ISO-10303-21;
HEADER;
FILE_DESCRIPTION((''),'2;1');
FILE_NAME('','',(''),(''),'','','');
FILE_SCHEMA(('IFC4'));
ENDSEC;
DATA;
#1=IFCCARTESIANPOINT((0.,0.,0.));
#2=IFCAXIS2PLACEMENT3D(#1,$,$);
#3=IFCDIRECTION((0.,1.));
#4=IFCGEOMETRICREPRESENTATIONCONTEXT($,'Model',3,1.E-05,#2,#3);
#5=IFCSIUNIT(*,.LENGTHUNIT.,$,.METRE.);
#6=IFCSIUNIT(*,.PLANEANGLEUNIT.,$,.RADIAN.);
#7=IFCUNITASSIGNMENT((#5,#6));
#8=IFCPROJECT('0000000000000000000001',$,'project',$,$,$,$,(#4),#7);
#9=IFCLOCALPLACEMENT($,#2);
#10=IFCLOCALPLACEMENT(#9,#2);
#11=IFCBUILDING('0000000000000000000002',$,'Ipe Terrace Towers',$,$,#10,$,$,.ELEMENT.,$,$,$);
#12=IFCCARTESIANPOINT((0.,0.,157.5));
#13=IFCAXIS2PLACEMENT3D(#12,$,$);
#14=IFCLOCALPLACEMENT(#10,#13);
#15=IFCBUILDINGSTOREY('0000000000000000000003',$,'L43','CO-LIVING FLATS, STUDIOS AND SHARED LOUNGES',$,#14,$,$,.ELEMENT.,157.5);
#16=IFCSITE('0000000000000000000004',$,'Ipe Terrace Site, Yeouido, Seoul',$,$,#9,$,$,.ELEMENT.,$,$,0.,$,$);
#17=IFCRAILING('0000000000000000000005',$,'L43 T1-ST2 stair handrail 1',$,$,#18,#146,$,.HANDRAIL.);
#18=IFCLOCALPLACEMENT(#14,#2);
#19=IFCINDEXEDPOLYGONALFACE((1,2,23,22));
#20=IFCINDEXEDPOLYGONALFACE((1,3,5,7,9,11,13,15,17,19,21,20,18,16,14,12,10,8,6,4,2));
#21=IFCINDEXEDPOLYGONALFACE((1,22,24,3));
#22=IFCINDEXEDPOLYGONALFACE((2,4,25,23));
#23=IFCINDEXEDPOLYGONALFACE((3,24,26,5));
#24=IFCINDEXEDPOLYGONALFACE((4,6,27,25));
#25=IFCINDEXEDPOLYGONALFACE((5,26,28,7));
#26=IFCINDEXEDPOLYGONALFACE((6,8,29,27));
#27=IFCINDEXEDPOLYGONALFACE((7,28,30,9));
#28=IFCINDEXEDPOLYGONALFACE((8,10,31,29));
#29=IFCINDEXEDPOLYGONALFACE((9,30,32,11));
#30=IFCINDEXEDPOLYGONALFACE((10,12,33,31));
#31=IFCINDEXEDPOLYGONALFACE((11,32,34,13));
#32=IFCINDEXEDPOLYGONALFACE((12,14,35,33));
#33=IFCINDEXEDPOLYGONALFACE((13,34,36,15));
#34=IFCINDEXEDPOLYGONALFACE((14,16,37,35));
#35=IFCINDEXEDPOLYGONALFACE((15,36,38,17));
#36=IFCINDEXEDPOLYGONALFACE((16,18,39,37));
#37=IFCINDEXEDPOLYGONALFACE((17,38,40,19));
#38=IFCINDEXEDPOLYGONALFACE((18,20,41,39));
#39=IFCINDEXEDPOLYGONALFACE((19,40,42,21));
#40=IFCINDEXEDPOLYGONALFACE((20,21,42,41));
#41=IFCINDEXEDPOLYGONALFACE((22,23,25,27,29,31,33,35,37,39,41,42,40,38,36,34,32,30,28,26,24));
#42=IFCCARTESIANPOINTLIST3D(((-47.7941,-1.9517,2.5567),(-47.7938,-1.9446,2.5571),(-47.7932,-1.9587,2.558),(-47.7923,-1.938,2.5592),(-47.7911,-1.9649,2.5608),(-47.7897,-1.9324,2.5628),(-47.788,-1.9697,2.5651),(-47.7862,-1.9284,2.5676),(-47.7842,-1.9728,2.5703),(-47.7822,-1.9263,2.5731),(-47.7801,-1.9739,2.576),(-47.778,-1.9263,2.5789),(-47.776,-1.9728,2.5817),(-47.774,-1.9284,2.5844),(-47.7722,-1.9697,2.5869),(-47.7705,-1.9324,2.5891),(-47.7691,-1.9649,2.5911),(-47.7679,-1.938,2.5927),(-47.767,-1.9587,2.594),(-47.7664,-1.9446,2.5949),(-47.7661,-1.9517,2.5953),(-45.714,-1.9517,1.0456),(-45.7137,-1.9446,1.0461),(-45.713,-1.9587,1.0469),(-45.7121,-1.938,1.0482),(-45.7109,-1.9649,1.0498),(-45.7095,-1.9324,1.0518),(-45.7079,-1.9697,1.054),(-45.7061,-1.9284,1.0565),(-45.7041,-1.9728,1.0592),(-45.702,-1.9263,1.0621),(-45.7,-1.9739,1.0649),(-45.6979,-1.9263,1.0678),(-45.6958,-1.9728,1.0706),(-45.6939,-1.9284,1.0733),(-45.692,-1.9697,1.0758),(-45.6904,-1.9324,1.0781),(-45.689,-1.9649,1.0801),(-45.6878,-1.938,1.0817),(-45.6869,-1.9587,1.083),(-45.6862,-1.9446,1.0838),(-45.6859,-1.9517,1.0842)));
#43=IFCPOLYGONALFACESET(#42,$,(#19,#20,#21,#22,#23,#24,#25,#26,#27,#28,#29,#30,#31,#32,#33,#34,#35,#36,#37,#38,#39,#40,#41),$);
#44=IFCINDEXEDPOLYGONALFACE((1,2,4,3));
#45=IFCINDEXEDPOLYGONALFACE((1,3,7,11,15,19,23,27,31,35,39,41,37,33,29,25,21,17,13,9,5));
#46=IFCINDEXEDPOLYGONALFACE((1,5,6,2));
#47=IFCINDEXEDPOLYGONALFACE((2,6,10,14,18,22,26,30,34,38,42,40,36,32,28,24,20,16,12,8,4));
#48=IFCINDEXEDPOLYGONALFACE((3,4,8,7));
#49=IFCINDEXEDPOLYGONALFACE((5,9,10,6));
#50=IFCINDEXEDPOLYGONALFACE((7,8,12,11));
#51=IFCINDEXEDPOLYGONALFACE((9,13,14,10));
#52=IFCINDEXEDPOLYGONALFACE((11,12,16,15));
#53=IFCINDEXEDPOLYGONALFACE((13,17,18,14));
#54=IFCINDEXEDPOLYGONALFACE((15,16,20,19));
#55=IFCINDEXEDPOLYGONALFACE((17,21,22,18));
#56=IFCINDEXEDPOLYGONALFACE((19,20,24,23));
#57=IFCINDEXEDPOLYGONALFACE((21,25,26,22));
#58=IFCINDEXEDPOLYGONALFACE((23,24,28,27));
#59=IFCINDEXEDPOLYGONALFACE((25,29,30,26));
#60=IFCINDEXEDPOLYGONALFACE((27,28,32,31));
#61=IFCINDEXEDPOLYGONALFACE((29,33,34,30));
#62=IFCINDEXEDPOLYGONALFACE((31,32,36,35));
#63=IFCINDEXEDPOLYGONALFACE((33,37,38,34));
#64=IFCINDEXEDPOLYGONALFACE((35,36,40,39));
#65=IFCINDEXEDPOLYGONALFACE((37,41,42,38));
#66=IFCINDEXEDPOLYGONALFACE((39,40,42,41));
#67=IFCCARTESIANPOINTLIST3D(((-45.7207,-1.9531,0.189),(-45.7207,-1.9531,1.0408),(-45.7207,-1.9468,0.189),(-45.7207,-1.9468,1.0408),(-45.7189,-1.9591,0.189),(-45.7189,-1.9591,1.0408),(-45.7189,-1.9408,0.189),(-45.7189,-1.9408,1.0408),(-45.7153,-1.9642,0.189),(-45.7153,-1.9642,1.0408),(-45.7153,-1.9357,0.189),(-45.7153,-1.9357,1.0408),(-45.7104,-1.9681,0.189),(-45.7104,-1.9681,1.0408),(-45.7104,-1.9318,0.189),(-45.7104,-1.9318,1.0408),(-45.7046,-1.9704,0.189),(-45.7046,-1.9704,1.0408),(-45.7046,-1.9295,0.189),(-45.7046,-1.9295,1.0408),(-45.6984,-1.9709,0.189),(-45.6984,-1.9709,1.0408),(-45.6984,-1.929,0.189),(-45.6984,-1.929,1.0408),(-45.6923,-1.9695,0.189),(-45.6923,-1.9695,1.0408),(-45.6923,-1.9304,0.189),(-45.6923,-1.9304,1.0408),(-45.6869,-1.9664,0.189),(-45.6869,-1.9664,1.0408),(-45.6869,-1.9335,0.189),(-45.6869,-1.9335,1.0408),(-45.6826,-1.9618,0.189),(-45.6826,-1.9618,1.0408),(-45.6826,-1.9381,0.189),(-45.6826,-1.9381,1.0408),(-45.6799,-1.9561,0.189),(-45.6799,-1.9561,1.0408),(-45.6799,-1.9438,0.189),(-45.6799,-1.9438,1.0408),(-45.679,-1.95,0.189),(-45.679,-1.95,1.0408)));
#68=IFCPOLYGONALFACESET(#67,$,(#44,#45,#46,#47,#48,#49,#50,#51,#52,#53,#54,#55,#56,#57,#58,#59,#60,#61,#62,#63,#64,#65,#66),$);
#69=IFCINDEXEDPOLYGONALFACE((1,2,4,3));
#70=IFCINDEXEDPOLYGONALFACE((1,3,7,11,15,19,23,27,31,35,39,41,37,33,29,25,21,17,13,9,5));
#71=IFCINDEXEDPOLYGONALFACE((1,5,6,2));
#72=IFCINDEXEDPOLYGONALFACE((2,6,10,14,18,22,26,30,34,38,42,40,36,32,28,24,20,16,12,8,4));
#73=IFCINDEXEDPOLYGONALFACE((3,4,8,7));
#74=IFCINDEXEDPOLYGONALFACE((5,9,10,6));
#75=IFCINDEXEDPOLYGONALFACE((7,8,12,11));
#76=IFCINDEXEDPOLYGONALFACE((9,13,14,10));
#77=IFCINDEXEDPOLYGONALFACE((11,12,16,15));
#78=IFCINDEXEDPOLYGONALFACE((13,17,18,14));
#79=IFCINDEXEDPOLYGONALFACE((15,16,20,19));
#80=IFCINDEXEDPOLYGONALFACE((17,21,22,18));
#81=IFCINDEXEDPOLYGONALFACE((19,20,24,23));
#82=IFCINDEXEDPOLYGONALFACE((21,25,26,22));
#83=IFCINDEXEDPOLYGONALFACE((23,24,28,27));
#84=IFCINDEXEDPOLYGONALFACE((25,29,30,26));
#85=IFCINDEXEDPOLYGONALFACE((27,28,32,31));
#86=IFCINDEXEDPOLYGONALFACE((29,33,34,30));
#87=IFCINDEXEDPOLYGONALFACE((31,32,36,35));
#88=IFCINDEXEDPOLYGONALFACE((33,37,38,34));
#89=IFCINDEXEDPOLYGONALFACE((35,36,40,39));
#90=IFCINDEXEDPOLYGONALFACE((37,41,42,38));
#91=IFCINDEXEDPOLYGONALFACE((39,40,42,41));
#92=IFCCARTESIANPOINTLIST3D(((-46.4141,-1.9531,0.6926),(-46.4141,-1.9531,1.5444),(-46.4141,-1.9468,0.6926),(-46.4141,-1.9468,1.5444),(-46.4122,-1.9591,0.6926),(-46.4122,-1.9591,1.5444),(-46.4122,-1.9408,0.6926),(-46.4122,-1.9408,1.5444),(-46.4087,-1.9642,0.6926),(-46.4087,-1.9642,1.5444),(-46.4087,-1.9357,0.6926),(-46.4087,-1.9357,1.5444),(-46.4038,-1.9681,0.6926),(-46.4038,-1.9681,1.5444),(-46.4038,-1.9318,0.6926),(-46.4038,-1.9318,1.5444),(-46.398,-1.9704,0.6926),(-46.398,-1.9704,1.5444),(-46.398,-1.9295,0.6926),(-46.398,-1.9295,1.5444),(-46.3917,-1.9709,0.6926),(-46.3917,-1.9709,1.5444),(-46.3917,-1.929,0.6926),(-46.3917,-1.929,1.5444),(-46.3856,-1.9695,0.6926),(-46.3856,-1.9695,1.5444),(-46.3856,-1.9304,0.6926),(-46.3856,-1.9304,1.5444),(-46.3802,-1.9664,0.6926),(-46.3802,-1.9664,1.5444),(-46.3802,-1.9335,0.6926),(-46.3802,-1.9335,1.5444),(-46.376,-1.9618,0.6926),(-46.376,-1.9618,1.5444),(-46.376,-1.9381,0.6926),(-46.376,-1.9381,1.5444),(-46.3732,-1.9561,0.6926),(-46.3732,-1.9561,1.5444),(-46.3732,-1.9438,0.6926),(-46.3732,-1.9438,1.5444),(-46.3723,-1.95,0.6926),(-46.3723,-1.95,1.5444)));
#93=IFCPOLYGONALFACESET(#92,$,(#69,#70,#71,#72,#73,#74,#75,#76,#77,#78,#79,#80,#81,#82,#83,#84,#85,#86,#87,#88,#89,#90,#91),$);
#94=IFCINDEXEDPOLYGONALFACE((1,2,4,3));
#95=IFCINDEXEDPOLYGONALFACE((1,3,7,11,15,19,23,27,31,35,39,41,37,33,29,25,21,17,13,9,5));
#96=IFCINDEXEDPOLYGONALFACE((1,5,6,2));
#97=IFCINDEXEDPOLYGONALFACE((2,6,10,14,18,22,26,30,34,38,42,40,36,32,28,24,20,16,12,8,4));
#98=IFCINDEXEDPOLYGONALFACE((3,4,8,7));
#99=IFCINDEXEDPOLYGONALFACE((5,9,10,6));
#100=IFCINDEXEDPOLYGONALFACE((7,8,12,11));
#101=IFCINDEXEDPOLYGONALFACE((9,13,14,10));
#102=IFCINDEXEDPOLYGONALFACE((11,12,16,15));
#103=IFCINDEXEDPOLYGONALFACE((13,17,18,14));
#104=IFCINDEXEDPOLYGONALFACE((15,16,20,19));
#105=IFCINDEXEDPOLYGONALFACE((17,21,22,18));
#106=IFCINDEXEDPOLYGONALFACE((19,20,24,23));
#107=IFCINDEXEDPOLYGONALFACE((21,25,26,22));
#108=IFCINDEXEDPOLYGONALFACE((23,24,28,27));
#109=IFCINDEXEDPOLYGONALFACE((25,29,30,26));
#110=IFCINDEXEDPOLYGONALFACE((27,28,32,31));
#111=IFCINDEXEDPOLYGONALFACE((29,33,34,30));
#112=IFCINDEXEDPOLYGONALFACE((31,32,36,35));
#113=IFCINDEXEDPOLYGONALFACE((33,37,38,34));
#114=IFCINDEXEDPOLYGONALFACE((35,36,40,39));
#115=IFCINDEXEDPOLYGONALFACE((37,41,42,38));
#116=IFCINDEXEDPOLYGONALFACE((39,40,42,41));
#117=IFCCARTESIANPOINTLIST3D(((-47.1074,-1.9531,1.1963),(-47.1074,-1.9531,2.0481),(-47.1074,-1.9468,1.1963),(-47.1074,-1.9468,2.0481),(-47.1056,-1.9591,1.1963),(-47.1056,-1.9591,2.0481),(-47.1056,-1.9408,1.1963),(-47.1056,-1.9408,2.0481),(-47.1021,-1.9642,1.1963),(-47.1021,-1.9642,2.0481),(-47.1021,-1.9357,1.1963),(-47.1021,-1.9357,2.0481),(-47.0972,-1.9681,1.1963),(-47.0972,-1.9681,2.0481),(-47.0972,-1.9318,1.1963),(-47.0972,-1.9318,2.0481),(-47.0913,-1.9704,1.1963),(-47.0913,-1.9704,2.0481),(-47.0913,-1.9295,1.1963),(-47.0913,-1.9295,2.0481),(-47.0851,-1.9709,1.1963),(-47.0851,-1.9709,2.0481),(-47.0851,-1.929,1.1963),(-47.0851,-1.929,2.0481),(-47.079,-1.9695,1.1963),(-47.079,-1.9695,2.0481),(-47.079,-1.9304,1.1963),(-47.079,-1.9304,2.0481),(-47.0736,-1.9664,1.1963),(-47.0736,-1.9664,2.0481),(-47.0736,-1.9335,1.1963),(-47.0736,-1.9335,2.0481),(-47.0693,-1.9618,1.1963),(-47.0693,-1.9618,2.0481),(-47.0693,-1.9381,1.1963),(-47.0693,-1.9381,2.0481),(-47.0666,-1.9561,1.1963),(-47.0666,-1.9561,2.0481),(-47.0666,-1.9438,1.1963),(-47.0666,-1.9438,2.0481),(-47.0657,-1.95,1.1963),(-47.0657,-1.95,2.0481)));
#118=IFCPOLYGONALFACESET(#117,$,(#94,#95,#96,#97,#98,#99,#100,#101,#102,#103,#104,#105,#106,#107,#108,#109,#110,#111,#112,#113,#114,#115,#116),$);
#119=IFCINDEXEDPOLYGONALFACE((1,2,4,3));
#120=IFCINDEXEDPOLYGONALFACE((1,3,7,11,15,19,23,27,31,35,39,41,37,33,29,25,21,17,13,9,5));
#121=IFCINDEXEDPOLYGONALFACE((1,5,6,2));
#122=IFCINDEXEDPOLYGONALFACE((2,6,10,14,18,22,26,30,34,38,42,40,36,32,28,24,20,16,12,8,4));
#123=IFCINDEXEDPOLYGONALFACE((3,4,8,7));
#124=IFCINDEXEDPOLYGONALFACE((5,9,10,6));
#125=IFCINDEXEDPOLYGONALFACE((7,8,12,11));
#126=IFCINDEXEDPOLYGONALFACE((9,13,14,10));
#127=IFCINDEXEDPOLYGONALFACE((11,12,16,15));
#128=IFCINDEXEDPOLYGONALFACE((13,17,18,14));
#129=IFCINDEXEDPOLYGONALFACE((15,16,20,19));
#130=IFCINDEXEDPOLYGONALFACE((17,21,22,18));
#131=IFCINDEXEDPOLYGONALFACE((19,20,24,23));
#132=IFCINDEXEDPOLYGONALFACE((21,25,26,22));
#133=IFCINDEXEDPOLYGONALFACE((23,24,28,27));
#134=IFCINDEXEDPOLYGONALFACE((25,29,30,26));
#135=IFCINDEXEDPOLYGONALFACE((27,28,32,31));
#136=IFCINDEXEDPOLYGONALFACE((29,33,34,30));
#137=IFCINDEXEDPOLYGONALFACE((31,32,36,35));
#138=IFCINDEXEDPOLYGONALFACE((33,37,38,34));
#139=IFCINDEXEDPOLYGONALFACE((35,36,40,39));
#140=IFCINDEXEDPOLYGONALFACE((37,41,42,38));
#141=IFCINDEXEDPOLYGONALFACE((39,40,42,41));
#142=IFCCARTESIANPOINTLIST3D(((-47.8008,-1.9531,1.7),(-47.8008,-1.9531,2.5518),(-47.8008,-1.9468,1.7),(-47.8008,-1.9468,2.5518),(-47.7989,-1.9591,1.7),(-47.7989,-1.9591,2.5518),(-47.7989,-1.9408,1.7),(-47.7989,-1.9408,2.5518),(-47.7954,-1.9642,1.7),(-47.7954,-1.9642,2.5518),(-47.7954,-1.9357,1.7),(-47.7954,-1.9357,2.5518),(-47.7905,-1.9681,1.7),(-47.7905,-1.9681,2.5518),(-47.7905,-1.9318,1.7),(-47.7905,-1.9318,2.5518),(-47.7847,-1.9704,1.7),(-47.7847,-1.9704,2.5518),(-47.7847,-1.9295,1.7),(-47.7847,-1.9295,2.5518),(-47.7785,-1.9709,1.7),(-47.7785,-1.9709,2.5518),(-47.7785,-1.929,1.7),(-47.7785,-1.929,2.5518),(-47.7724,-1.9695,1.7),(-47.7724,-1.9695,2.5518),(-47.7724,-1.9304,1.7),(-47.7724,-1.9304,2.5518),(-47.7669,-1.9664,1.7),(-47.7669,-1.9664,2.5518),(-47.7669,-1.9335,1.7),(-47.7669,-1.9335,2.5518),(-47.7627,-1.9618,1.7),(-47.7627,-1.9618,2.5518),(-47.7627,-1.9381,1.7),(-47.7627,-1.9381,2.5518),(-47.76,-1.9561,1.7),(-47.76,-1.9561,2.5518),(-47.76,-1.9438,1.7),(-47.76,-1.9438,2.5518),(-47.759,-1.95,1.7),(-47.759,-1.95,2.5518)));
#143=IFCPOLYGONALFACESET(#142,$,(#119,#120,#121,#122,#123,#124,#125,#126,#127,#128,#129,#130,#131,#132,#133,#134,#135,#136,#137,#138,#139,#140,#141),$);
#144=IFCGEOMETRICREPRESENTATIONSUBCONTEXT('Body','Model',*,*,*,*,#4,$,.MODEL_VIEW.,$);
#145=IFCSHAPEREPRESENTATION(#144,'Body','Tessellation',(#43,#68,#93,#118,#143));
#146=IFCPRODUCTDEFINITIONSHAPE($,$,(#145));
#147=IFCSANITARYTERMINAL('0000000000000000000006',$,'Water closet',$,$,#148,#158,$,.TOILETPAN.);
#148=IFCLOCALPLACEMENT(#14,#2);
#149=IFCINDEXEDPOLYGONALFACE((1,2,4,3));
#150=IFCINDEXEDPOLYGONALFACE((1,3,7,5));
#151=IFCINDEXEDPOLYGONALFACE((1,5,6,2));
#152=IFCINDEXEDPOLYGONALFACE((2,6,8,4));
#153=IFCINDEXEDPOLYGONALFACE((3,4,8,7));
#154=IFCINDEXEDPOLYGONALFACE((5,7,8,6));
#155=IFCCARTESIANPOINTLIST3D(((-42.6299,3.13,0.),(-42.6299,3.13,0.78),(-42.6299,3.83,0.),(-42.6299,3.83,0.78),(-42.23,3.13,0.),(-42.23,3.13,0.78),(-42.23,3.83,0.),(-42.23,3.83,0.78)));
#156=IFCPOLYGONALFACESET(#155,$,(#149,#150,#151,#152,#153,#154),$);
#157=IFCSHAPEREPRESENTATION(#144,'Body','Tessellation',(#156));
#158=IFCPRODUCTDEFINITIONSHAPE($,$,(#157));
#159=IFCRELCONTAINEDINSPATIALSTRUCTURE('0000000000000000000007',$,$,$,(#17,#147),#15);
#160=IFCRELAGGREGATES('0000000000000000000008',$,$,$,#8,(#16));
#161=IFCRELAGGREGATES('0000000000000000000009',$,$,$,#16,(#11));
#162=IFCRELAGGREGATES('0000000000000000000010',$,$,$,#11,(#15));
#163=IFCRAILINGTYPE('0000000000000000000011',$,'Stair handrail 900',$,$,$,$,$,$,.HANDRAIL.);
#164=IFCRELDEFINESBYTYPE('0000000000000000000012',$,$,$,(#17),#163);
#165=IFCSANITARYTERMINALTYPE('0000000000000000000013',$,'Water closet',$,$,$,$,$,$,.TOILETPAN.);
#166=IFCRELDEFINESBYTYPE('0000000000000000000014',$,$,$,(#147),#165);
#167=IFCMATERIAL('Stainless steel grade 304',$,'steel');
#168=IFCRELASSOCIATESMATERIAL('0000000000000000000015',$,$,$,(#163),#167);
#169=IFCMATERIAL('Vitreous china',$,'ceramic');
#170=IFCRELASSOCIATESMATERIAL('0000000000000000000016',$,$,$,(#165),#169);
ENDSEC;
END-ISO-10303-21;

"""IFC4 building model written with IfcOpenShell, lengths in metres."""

from ifc_helpers import new_model, si_unit, direction, frame, origin, origin_2d, place, context, subcontext, project, spatial, rectangle, circle, extrude, material, type_object, element, save


model = new_model("IFC4")

# Units and contexts
model_context = context("Model", 3, precision=1e-05, world=origin(), true_north=direction((0.0, 1.0)))
body_context = subcontext(model_context, "Body", "Model", "MODEL_VIEW")
ifc_project = project(units=[si_unit("LENGTHUNIT", "METRE"), si_unit("PLANEANGLEUNIT", "RADIAN")], contexts=[model_context])

# Site, building, storey
site_placement = place(None, origin())
site = spatial("IfcSite", under=ifc_project, at=site_placement, Name="Ipe Terrace Site, Yeouido, Seoul", CompositionType="ELEMENT", RefElevation=0.0)
building_placement = place(site_placement, origin())
building = spatial("IfcBuilding", under=site, at=building_placement, Name="Ipe Terrace Towers", CompositionType="ELEMENT")
storey_placement = place(building_placement, frame((0.0, 0.0, 157.5)))
storey = spatial("IfcBuildingStorey", under=building, at=storey_placement, Name="L43", Description="CO-LIVING FLATS, STUDIOS AND SHARED LOUNGES", CompositionType="ELEMENT", Elevation=157.5)

# Railing
ifc_material_1 = material(Name="Stainless steel grade 304", Category="steel")
railing_type = type_object("IfcRailingType", Name="Stair handrail 900", PredefinedType="HANDRAIL", material=ifc_material_1)
railing_placement = place(storey_placement, frame((-45.7, -1.95, 0.189)))
element("IfcRailing", 1, at=railing_placement, inside=storey, type_object=railing_type, Name="L43 T1-ST2 stair handrail 1", PredefinedType="HANDRAIL", context=body_context, shape_type="SweptSolid", body=[
    extrude(circle(Radius=0.0239, at=origin_2d()), frame((0.0, 0.0, 0.876), z_axis=(-0.809069, 0.0, 0.587714), x_axis=(0.0, -1.0, 0.0)), (0.0, 0.0, 1.0), 2.571),
    extrude(circle(Radius=0.021, at=origin_2d()), origin(), (0.0, 0.0, 1.0), 0.8518),
    extrude(circle(Radius=0.021, at=origin_2d()), frame((-0.6934, 0.0, 0.5037)), (0.0, 0.0, 1.0), 0.8518),
    extrude(circle(Radius=0.021, at=origin_2d()), frame((-1.3867, 0.0, 1.0073)), (0.0, 0.0, 1.0), 0.8518),
    extrude(circle(Radius=0.021, at=origin_2d()), frame((-2.0801, 0.0, 1.511)), (0.0, 0.0, 1.0), 0.8518),
])

# Sanitary terminal
ifc_material_2 = material(Name="Vitreous china", Category="ceramic")
sanitary_terminal_type = type_object("IfcSanitaryTerminalType", Name="Water closet", PredefinedType="TOILETPAN", material=ifc_material_2)
sanitary_terminal_placement = place(storey_placement, frame((-42.4299, 3.48, 0.0), z_axis=(0.0, 0.0, 1.0), x_axis=(0.0, -1.0, 0.0)))
element("IfcSanitaryTerminal", 2, at=sanitary_terminal_placement, inside=storey, type_object=sanitary_terminal_type, Name="Water closet", PredefinedType="TOILETPAN", context=body_context, shape_type="SweptSolid", body=[
    extrude(rectangle(XDim=0.7, YDim=0.3999, at=origin_2d()), origin(), (0.0, 0.0, 1.0), 0.78),
])

save(model, "model.ifc")
